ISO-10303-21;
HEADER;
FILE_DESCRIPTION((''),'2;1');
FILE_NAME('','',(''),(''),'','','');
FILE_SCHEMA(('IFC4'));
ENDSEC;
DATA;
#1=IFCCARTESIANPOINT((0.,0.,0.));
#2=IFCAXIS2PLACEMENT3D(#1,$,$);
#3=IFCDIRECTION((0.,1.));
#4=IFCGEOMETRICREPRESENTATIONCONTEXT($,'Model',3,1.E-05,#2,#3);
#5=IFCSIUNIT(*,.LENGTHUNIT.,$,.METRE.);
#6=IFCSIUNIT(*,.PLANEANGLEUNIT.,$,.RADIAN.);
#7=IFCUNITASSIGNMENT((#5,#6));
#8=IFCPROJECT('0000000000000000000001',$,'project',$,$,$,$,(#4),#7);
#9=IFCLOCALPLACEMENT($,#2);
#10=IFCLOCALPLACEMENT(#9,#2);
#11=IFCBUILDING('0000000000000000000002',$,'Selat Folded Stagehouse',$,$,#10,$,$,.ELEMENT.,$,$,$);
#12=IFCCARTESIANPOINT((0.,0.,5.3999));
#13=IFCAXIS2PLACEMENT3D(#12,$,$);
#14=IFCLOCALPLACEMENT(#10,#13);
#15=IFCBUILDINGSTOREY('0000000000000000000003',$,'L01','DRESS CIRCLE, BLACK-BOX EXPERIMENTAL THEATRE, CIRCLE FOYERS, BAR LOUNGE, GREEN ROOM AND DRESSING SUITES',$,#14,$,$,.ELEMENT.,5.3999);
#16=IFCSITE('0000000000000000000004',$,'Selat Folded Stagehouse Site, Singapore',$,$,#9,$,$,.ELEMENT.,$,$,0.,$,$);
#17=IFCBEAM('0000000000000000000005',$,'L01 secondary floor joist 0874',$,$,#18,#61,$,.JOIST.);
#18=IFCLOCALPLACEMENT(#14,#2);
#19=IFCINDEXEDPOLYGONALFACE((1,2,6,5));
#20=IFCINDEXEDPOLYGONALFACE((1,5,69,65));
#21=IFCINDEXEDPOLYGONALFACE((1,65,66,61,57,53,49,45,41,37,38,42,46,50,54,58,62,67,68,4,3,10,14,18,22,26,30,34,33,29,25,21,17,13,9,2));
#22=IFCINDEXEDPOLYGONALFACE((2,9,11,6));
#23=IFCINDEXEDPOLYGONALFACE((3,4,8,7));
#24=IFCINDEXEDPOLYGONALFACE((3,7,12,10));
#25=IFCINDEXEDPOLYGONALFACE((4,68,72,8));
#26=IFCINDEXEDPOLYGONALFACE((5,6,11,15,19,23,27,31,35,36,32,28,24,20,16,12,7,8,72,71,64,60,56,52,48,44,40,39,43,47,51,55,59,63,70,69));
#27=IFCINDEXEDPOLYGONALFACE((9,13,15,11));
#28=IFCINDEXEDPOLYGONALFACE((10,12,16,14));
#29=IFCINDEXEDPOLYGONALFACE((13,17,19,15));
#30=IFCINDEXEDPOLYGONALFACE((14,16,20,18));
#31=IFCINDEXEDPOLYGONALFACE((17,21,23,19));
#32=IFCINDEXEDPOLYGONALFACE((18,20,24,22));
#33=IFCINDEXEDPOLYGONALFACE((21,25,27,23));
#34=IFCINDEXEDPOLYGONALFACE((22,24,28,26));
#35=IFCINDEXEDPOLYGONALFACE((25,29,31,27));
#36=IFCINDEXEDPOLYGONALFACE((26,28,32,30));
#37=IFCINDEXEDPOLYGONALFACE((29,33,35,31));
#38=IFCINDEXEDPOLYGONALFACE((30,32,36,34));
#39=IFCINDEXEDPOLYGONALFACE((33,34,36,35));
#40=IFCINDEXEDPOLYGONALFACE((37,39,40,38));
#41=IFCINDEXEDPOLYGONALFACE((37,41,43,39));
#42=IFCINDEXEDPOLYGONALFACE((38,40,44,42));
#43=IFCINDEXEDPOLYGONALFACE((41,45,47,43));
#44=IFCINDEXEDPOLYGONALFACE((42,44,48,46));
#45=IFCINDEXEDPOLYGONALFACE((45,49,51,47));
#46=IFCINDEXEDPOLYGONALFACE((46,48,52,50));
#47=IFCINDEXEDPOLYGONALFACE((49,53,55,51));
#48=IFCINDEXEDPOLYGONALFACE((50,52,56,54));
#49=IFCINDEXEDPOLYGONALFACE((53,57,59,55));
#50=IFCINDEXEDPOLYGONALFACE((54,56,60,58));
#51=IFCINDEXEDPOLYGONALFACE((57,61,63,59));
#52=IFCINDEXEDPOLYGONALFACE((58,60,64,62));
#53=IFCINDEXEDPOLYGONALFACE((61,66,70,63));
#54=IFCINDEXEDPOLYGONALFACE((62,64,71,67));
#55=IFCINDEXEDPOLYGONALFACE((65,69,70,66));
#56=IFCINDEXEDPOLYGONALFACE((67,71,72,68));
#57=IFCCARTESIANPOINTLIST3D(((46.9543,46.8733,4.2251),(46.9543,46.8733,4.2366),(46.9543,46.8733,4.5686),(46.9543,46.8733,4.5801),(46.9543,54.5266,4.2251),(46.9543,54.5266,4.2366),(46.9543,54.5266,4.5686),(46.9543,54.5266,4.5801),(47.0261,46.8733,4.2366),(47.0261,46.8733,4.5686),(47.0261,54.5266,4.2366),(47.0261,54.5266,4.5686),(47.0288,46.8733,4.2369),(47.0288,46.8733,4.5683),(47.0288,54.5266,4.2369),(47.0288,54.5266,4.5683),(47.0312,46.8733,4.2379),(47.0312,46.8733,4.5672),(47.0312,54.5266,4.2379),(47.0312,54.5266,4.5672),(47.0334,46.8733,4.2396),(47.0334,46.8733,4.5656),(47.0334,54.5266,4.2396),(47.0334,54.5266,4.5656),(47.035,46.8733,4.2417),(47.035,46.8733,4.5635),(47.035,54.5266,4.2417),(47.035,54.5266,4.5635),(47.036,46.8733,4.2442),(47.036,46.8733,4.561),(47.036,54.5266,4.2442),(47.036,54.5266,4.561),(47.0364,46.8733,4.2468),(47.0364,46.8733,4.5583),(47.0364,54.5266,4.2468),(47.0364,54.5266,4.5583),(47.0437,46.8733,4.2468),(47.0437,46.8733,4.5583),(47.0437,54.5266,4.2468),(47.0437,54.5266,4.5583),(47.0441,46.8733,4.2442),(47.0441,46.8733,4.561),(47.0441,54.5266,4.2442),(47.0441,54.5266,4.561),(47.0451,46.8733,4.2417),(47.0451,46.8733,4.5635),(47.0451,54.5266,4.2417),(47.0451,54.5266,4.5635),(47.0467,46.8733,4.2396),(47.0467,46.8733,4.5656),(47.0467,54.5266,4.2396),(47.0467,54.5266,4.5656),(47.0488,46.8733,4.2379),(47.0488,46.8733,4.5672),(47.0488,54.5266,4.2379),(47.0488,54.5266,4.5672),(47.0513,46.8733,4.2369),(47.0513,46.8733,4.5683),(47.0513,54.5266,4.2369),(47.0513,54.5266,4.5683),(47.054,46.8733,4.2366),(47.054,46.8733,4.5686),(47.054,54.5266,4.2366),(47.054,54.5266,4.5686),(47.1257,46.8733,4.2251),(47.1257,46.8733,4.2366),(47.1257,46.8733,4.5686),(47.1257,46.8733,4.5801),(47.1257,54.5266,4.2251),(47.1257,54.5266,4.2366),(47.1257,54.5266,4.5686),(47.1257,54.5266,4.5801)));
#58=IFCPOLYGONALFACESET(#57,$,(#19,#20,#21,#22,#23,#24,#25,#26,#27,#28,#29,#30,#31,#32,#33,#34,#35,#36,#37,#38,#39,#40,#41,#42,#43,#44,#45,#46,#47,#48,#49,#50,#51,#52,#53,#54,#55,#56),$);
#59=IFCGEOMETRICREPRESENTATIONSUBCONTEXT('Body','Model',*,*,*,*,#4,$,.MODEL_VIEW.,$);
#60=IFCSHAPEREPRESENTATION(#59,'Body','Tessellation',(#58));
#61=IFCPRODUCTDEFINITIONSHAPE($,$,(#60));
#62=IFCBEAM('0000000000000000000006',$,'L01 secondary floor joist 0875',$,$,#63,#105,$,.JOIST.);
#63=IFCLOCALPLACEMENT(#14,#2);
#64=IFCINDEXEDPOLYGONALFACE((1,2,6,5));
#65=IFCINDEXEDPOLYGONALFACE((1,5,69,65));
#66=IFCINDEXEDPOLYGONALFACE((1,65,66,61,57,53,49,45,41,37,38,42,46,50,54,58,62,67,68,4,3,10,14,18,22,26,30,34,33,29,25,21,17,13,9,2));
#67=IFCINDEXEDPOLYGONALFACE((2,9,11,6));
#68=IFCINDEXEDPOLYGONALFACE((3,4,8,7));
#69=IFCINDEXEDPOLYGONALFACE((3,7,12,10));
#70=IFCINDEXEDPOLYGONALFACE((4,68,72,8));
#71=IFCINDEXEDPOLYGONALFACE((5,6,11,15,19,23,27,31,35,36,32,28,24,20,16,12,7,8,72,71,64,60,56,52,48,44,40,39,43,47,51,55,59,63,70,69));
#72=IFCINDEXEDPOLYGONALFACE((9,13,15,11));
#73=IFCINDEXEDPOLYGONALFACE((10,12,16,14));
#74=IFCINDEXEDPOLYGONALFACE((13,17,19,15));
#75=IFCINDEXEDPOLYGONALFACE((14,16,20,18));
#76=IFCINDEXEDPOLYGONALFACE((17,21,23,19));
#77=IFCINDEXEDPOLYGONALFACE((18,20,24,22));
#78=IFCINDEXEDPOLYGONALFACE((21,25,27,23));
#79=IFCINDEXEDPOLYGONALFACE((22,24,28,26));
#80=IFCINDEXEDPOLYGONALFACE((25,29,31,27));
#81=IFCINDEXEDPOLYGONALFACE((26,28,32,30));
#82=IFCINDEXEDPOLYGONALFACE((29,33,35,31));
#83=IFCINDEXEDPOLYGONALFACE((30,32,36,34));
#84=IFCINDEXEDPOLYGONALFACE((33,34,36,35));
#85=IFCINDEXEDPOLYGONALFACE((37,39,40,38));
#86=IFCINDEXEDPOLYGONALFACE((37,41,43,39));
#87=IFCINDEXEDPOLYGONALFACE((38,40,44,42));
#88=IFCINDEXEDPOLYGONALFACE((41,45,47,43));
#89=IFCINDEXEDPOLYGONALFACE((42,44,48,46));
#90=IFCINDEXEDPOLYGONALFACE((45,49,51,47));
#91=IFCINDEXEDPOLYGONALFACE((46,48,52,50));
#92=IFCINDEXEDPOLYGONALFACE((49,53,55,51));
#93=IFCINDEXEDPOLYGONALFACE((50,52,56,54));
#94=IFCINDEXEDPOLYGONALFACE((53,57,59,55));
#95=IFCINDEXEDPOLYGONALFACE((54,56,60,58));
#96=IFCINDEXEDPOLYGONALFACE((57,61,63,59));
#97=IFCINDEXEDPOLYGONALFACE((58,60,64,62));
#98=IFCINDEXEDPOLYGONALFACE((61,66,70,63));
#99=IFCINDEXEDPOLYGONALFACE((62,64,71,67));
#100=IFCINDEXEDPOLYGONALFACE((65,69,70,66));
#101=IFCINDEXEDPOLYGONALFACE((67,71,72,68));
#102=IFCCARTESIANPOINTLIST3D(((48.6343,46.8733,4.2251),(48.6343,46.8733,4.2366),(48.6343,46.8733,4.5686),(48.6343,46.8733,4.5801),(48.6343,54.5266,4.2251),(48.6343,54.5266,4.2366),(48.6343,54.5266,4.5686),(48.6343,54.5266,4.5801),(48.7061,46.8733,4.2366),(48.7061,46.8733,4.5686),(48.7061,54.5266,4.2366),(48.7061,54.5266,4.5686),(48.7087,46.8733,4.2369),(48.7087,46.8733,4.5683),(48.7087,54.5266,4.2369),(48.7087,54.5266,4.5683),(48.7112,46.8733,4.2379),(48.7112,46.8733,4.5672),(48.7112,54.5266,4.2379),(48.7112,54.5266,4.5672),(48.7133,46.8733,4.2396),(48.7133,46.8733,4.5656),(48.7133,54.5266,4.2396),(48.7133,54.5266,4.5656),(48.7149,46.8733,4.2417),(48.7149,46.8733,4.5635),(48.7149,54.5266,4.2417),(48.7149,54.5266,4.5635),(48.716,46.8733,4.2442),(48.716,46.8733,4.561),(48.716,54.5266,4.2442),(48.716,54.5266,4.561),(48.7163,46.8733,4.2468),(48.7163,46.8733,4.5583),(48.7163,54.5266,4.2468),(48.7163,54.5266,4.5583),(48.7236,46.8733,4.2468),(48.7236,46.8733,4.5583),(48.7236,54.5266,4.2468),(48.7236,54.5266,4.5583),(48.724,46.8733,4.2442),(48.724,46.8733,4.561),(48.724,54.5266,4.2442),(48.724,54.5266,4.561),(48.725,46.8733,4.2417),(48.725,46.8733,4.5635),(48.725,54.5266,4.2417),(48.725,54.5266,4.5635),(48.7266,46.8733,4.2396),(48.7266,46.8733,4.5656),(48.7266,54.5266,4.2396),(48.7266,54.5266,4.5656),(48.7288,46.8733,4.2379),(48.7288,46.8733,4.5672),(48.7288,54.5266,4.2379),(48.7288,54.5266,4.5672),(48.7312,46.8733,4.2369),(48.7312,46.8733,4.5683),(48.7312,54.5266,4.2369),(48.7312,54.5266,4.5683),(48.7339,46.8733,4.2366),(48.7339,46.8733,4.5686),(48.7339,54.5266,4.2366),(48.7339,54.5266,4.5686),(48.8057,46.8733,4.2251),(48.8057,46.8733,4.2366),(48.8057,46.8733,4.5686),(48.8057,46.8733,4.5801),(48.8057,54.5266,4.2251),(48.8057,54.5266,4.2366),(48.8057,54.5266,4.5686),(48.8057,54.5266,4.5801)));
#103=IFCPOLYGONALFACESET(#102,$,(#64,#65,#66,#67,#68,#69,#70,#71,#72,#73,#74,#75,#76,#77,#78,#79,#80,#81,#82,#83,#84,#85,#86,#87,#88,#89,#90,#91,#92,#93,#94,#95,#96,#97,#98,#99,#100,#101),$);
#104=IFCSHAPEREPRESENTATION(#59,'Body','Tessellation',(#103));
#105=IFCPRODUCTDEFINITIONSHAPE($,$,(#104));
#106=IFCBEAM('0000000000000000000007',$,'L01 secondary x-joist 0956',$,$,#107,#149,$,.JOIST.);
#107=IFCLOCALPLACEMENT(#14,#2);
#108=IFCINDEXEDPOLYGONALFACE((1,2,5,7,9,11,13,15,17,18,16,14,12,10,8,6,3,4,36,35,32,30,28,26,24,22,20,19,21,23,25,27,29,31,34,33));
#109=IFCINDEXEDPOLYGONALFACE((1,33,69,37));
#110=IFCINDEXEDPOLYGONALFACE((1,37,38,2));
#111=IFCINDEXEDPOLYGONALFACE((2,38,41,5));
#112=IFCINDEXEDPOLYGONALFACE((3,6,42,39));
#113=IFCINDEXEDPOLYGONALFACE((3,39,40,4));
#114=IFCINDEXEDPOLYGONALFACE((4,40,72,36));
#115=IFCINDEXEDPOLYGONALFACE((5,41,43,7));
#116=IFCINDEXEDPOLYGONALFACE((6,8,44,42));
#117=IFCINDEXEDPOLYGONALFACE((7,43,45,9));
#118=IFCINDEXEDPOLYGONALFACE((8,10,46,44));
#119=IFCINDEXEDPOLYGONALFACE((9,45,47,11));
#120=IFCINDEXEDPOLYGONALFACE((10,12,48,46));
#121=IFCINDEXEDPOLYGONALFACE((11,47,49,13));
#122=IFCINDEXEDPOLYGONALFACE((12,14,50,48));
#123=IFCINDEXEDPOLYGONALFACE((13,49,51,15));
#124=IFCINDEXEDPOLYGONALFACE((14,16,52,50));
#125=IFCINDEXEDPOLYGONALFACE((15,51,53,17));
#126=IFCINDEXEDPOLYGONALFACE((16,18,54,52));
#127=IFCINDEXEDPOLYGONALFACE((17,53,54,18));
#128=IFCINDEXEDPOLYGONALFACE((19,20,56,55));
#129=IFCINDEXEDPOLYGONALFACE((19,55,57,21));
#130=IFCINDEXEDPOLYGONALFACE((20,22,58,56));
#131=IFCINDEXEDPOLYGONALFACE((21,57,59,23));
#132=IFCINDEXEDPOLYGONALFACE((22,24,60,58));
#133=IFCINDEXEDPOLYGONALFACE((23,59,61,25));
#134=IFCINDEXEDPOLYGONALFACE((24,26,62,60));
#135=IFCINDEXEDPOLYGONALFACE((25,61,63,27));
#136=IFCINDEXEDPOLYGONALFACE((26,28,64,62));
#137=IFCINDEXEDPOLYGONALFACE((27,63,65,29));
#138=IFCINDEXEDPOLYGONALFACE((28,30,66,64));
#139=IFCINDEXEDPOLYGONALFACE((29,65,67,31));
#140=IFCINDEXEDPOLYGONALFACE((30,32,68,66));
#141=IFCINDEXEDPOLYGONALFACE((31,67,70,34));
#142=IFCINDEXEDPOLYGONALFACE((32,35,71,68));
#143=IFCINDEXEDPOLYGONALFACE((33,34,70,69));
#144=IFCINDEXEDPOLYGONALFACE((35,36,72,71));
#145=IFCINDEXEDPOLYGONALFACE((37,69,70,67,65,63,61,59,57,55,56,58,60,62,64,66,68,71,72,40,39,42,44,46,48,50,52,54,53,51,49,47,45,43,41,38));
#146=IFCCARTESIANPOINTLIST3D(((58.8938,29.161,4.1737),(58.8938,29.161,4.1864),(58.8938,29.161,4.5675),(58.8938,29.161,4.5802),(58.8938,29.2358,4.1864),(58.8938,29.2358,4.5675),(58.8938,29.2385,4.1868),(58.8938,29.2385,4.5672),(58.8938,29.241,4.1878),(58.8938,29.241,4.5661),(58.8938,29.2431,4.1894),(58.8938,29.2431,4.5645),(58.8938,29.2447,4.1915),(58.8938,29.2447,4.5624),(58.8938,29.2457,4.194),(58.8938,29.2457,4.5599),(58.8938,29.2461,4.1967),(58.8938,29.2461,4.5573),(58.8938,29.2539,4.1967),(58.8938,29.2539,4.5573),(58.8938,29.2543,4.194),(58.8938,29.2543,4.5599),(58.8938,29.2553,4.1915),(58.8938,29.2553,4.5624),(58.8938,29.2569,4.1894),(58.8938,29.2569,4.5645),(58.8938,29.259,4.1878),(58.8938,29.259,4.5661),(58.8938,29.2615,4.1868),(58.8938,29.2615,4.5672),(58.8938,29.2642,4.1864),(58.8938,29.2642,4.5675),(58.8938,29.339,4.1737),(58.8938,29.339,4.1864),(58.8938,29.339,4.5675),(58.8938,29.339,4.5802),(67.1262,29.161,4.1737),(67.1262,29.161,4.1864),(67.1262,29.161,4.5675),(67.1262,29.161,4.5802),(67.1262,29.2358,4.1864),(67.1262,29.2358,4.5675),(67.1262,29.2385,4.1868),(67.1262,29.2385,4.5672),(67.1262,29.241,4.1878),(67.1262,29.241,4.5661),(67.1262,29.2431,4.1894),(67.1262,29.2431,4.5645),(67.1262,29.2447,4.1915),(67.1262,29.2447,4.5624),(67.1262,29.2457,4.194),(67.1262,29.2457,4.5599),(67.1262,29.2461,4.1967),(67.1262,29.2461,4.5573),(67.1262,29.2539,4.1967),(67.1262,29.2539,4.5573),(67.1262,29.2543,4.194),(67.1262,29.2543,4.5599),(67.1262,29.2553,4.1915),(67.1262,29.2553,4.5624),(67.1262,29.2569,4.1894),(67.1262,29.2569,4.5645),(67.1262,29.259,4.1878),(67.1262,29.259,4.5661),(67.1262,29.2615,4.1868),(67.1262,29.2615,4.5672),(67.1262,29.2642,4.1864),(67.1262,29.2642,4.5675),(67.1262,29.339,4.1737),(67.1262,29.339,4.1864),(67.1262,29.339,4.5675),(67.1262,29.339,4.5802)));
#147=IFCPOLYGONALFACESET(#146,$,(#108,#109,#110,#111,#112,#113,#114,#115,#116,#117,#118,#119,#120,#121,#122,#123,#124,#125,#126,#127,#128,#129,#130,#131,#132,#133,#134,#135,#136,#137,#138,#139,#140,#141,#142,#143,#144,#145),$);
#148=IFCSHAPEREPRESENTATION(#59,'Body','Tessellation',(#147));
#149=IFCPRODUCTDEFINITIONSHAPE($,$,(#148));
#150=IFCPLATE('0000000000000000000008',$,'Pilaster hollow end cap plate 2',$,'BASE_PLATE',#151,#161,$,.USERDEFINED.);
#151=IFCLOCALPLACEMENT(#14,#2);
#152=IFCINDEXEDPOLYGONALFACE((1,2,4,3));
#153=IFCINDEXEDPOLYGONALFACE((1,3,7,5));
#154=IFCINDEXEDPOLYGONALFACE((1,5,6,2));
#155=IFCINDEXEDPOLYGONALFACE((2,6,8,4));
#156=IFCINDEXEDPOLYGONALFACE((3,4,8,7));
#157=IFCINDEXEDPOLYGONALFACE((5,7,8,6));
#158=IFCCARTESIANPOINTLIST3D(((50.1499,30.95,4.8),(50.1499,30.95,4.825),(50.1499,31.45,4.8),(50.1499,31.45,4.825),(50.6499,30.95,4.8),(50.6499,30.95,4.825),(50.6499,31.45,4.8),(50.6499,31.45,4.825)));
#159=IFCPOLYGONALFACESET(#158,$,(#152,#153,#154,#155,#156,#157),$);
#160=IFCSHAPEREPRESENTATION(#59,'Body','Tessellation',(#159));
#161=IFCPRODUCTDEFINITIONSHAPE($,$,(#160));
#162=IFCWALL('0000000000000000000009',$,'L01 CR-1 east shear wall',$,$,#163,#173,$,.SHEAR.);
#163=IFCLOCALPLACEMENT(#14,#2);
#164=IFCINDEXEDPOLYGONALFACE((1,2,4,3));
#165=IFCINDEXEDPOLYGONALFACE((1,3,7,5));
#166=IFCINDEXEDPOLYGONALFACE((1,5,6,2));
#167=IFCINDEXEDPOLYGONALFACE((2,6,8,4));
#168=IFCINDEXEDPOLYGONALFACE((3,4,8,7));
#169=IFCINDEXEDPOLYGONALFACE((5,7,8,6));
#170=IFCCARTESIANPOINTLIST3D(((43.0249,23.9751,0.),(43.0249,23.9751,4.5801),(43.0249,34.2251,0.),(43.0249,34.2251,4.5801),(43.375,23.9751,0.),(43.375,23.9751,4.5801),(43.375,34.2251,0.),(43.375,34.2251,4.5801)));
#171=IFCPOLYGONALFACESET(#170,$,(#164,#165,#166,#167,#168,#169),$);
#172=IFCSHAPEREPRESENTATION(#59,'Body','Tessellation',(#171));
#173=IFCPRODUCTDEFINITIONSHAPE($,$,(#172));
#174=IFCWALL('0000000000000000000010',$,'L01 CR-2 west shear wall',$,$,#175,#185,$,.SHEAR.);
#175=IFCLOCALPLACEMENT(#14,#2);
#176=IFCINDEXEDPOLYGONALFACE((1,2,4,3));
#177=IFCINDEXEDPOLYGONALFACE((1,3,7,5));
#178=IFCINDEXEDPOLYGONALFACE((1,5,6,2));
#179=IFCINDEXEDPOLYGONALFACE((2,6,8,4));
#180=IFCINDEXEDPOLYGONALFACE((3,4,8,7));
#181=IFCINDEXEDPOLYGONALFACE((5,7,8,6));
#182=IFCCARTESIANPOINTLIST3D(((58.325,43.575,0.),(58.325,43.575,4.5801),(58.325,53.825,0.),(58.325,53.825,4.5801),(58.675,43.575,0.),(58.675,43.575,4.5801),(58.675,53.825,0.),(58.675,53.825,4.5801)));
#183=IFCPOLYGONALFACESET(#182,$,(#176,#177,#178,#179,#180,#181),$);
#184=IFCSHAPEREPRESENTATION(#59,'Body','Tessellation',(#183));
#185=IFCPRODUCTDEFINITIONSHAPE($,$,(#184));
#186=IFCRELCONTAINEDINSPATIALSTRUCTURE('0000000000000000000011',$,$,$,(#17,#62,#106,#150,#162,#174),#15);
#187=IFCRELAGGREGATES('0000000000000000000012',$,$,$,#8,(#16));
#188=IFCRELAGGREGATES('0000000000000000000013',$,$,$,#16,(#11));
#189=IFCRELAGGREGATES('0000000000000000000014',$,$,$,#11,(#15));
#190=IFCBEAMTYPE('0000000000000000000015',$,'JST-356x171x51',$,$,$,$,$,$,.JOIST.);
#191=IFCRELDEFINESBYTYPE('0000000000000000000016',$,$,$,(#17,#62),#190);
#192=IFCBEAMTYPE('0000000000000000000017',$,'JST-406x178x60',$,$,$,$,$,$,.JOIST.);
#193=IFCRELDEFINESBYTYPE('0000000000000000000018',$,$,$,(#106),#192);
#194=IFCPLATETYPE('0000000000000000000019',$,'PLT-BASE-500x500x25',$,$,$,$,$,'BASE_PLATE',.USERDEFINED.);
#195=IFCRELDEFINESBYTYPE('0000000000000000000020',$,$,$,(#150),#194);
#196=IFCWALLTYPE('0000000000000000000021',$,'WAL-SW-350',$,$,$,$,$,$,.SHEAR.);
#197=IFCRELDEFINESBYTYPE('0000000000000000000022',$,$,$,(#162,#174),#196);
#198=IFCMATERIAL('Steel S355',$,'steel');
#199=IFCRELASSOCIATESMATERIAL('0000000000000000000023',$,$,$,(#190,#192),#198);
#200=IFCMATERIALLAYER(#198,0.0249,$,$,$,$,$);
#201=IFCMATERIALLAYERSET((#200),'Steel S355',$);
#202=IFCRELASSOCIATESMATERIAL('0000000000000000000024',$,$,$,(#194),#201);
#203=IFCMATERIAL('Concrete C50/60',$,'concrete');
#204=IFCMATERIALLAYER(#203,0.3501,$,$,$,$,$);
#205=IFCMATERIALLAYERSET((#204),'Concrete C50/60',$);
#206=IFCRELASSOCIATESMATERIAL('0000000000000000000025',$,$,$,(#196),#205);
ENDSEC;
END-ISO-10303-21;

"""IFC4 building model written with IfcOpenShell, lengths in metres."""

from ifc_helpers import new_model, si_unit, direction, frame, frame_2d, origin, origin_2d, place, context, subcontext, project, spatial, rectangle, i_section, extrude, material, layer, layer_set, material_profile, profile_set, type_object, element, save


model = new_model("IFC4")

# Units and contexts
model_context = context("Model", 3, precision=1e-05, world=origin(), true_north=direction((0.0, 1.0)))
body_context = subcontext(model_context, "Body", "Model", "MODEL_VIEW")
ifc_project = project(units=[si_unit("LENGTHUNIT", "METRE"), si_unit("PLANEANGLEUNIT", "RADIAN")], contexts=[model_context])

# Site, building, storey
site_placement = place(None, origin())
site = spatial("IfcSite", under=ifc_project, at=site_placement, Name="Selat Folded Stagehouse Site, Singapore", CompositionType="ELEMENT", RefElevation=0.0)
building_placement = place(site_placement, origin())
building = spatial("IfcBuilding", under=site, at=building_placement, Name="Selat Folded Stagehouse", CompositionType="ELEMENT")
storey_placement = place(building_placement, frame((0.0, 0.0, 5.3999)))
storey = spatial("IfcBuildingStorey", under=building, at=storey_placement, Name="L01", Description="DRESS CIRCLE, BLACK-BOX EXPERIMENTAL THEATRE, CIRCLE FOYERS, BAR LOUNGE, GREEN ROOM AND DRESSING SUITES", CompositionType="ELEMENT", Elevation=5.3999)

# Shared definitions
ifc_material_1 = material(Name="Steel S355", Category="steel")

# Beams
ifc_material_profile_1 = material_profile(ifc_material_1, i_section(OverallWidth=0.1714, OverallDepth=0.355, WebThickness=0.0073, FlangeThickness=0.0115, FilletRadius=0.0103, at=origin_2d()), Name="UKB 356x171x51")
ifc_profile_set_1 = profile_set([ifc_material_profile_1], Name="Steel S355")
beam_type_1 = type_object("IfcBeamType", Name="JST-356x171x51", PredefinedType="JOIST", material=ifc_profile_set_1)
for number, where, z_axis, x_axis, name in (
    (1, (47.04, 46.8733, 4.4026), (0.0, 1.0, 0.0), (-1.0, 0.0, 0.0), "L01 secondary floor joist 0874"),
    (2, (48.72, 46.8733, 4.4026), (0.0, 1.0, 0.0), (-1.0, 0.0, 0.0), "L01 secondary floor joist 0875"),
):
    element("IfcBeam", number, at=place(storey_placement, frame(where, z_axis=z_axis, x_axis=x_axis)), inside=storey, type_object=beam_type_1, Name=name, PredefinedType="JOIST", context=body_context, shape_type="SweptSolid", body=[
        extrude(i_section(OverallWidth=0.1714, OverallDepth=0.355, WebThickness=0.0073, FlangeThickness=0.0115, FilletRadius=0.0103, at=origin_2d()), origin(), (0.0, 0.0, 1.0), 7.6533),
    ])
ifc_material_profile_2 = material_profile(ifc_material_1, i_section(OverallWidth=0.178, OverallDepth=0.4065, WebThickness=0.0078, FlangeThickness=0.0127, FilletRadius=0.0103, at=origin_2d()), Name="UKB 406x178x60")
ifc_profile_set_2 = profile_set([ifc_material_profile_2], Name="Steel S355")
beam_type_2 = type_object("IfcBeamType", Name="JST-406x178x60", PredefinedType="JOIST", material=ifc_profile_set_2)
beam_1_placement = place(storey_placement, frame((58.8938, 29.25, 4.377), z_axis=(1.0, 0.0, 0.0), x_axis=(0.0, 1.0, 0.0)))
element("IfcBeam", 3, at=beam_1_placement, inside=storey, type_object=beam_type_2, Name="L01 secondary x-joist 0956", PredefinedType="JOIST", context=body_context, shape_type="SweptSolid", body=[
    extrude(i_section(OverallWidth=0.178, OverallDepth=0.4065, WebThickness=0.0078, FlangeThickness=0.0127, FilletRadius=0.0103, at=origin_2d()), origin(), (0.0, 0.0, 1.0), 8.2324),
])

# Plate
ifc_layer_1 = layer(ifc_material_1, 0.0249)
ifc_layer_set_1 = layer_set([ifc_layer_1], Name="Steel S355")
plate_type = type_object("IfcPlateType", Name="PLT-BASE-500x500x25", ElementType="BASE_PLATE", PredefinedType="USERDEFINED", material=ifc_layer_set_1)
plate_placement = place(storey_placement, frame((50.3999, 31.2, 4.8), z_axis=(0.0, 0.0, 1.0), x_axis=(1.0, 0.0, 0.0)))
element("IfcPlate", 4, at=plate_placement, inside=storey, type_object=plate_type, Name="Pilaster hollow end cap plate 2", ObjectType="BASE_PLATE", PredefinedType="USERDEFINED", context=body_context, shape_type="SweptSolid", body=[
    extrude(rectangle(XDim=0.5, YDim=0.5, at=origin_2d()), origin(), (0.0, 0.0, 1.0), 0.0249),
])

# Walls
ifc_material_2 = material(Name="Concrete C50/60", Category="concrete")
ifc_layer_2 = layer(ifc_material_2, 0.3501)
ifc_layer_set_2 = layer_set([ifc_layer_2], Name="Concrete C50/60")
wall_type = type_object("IfcWallType", Name="WAL-SW-350", PredefinedType="SHEAR", material=ifc_layer_set_2)
for number, where, z_axis, x_axis, name in (
    (5, (43.2, 34.2251, 0.0), (0.0, 0.0, 1.0), (0.0, -1.0, 0.0), "L01 CR-1 east shear wall"),
    (6, (58.5, 43.575, 0.0), (0.0, 0.0, 1.0), (0.0, 1.0, 0.0), "L01 CR-2 west shear wall"),
):
    element("IfcWall", number, at=place(storey_placement, frame(where, z_axis=z_axis, x_axis=x_axis)), inside=storey, type_object=wall_type, Name=name, PredefinedType="SHEAR", context=body_context, shape_type="SweptSolid", body=[
        extrude(rectangle(XDim=10.25, YDim=0.3501, at=frame_2d((5.125, 0.0))), origin(), (0.0, 0.0, 1.0), 4.5801),
    ])

save(model, "model.ifc")
